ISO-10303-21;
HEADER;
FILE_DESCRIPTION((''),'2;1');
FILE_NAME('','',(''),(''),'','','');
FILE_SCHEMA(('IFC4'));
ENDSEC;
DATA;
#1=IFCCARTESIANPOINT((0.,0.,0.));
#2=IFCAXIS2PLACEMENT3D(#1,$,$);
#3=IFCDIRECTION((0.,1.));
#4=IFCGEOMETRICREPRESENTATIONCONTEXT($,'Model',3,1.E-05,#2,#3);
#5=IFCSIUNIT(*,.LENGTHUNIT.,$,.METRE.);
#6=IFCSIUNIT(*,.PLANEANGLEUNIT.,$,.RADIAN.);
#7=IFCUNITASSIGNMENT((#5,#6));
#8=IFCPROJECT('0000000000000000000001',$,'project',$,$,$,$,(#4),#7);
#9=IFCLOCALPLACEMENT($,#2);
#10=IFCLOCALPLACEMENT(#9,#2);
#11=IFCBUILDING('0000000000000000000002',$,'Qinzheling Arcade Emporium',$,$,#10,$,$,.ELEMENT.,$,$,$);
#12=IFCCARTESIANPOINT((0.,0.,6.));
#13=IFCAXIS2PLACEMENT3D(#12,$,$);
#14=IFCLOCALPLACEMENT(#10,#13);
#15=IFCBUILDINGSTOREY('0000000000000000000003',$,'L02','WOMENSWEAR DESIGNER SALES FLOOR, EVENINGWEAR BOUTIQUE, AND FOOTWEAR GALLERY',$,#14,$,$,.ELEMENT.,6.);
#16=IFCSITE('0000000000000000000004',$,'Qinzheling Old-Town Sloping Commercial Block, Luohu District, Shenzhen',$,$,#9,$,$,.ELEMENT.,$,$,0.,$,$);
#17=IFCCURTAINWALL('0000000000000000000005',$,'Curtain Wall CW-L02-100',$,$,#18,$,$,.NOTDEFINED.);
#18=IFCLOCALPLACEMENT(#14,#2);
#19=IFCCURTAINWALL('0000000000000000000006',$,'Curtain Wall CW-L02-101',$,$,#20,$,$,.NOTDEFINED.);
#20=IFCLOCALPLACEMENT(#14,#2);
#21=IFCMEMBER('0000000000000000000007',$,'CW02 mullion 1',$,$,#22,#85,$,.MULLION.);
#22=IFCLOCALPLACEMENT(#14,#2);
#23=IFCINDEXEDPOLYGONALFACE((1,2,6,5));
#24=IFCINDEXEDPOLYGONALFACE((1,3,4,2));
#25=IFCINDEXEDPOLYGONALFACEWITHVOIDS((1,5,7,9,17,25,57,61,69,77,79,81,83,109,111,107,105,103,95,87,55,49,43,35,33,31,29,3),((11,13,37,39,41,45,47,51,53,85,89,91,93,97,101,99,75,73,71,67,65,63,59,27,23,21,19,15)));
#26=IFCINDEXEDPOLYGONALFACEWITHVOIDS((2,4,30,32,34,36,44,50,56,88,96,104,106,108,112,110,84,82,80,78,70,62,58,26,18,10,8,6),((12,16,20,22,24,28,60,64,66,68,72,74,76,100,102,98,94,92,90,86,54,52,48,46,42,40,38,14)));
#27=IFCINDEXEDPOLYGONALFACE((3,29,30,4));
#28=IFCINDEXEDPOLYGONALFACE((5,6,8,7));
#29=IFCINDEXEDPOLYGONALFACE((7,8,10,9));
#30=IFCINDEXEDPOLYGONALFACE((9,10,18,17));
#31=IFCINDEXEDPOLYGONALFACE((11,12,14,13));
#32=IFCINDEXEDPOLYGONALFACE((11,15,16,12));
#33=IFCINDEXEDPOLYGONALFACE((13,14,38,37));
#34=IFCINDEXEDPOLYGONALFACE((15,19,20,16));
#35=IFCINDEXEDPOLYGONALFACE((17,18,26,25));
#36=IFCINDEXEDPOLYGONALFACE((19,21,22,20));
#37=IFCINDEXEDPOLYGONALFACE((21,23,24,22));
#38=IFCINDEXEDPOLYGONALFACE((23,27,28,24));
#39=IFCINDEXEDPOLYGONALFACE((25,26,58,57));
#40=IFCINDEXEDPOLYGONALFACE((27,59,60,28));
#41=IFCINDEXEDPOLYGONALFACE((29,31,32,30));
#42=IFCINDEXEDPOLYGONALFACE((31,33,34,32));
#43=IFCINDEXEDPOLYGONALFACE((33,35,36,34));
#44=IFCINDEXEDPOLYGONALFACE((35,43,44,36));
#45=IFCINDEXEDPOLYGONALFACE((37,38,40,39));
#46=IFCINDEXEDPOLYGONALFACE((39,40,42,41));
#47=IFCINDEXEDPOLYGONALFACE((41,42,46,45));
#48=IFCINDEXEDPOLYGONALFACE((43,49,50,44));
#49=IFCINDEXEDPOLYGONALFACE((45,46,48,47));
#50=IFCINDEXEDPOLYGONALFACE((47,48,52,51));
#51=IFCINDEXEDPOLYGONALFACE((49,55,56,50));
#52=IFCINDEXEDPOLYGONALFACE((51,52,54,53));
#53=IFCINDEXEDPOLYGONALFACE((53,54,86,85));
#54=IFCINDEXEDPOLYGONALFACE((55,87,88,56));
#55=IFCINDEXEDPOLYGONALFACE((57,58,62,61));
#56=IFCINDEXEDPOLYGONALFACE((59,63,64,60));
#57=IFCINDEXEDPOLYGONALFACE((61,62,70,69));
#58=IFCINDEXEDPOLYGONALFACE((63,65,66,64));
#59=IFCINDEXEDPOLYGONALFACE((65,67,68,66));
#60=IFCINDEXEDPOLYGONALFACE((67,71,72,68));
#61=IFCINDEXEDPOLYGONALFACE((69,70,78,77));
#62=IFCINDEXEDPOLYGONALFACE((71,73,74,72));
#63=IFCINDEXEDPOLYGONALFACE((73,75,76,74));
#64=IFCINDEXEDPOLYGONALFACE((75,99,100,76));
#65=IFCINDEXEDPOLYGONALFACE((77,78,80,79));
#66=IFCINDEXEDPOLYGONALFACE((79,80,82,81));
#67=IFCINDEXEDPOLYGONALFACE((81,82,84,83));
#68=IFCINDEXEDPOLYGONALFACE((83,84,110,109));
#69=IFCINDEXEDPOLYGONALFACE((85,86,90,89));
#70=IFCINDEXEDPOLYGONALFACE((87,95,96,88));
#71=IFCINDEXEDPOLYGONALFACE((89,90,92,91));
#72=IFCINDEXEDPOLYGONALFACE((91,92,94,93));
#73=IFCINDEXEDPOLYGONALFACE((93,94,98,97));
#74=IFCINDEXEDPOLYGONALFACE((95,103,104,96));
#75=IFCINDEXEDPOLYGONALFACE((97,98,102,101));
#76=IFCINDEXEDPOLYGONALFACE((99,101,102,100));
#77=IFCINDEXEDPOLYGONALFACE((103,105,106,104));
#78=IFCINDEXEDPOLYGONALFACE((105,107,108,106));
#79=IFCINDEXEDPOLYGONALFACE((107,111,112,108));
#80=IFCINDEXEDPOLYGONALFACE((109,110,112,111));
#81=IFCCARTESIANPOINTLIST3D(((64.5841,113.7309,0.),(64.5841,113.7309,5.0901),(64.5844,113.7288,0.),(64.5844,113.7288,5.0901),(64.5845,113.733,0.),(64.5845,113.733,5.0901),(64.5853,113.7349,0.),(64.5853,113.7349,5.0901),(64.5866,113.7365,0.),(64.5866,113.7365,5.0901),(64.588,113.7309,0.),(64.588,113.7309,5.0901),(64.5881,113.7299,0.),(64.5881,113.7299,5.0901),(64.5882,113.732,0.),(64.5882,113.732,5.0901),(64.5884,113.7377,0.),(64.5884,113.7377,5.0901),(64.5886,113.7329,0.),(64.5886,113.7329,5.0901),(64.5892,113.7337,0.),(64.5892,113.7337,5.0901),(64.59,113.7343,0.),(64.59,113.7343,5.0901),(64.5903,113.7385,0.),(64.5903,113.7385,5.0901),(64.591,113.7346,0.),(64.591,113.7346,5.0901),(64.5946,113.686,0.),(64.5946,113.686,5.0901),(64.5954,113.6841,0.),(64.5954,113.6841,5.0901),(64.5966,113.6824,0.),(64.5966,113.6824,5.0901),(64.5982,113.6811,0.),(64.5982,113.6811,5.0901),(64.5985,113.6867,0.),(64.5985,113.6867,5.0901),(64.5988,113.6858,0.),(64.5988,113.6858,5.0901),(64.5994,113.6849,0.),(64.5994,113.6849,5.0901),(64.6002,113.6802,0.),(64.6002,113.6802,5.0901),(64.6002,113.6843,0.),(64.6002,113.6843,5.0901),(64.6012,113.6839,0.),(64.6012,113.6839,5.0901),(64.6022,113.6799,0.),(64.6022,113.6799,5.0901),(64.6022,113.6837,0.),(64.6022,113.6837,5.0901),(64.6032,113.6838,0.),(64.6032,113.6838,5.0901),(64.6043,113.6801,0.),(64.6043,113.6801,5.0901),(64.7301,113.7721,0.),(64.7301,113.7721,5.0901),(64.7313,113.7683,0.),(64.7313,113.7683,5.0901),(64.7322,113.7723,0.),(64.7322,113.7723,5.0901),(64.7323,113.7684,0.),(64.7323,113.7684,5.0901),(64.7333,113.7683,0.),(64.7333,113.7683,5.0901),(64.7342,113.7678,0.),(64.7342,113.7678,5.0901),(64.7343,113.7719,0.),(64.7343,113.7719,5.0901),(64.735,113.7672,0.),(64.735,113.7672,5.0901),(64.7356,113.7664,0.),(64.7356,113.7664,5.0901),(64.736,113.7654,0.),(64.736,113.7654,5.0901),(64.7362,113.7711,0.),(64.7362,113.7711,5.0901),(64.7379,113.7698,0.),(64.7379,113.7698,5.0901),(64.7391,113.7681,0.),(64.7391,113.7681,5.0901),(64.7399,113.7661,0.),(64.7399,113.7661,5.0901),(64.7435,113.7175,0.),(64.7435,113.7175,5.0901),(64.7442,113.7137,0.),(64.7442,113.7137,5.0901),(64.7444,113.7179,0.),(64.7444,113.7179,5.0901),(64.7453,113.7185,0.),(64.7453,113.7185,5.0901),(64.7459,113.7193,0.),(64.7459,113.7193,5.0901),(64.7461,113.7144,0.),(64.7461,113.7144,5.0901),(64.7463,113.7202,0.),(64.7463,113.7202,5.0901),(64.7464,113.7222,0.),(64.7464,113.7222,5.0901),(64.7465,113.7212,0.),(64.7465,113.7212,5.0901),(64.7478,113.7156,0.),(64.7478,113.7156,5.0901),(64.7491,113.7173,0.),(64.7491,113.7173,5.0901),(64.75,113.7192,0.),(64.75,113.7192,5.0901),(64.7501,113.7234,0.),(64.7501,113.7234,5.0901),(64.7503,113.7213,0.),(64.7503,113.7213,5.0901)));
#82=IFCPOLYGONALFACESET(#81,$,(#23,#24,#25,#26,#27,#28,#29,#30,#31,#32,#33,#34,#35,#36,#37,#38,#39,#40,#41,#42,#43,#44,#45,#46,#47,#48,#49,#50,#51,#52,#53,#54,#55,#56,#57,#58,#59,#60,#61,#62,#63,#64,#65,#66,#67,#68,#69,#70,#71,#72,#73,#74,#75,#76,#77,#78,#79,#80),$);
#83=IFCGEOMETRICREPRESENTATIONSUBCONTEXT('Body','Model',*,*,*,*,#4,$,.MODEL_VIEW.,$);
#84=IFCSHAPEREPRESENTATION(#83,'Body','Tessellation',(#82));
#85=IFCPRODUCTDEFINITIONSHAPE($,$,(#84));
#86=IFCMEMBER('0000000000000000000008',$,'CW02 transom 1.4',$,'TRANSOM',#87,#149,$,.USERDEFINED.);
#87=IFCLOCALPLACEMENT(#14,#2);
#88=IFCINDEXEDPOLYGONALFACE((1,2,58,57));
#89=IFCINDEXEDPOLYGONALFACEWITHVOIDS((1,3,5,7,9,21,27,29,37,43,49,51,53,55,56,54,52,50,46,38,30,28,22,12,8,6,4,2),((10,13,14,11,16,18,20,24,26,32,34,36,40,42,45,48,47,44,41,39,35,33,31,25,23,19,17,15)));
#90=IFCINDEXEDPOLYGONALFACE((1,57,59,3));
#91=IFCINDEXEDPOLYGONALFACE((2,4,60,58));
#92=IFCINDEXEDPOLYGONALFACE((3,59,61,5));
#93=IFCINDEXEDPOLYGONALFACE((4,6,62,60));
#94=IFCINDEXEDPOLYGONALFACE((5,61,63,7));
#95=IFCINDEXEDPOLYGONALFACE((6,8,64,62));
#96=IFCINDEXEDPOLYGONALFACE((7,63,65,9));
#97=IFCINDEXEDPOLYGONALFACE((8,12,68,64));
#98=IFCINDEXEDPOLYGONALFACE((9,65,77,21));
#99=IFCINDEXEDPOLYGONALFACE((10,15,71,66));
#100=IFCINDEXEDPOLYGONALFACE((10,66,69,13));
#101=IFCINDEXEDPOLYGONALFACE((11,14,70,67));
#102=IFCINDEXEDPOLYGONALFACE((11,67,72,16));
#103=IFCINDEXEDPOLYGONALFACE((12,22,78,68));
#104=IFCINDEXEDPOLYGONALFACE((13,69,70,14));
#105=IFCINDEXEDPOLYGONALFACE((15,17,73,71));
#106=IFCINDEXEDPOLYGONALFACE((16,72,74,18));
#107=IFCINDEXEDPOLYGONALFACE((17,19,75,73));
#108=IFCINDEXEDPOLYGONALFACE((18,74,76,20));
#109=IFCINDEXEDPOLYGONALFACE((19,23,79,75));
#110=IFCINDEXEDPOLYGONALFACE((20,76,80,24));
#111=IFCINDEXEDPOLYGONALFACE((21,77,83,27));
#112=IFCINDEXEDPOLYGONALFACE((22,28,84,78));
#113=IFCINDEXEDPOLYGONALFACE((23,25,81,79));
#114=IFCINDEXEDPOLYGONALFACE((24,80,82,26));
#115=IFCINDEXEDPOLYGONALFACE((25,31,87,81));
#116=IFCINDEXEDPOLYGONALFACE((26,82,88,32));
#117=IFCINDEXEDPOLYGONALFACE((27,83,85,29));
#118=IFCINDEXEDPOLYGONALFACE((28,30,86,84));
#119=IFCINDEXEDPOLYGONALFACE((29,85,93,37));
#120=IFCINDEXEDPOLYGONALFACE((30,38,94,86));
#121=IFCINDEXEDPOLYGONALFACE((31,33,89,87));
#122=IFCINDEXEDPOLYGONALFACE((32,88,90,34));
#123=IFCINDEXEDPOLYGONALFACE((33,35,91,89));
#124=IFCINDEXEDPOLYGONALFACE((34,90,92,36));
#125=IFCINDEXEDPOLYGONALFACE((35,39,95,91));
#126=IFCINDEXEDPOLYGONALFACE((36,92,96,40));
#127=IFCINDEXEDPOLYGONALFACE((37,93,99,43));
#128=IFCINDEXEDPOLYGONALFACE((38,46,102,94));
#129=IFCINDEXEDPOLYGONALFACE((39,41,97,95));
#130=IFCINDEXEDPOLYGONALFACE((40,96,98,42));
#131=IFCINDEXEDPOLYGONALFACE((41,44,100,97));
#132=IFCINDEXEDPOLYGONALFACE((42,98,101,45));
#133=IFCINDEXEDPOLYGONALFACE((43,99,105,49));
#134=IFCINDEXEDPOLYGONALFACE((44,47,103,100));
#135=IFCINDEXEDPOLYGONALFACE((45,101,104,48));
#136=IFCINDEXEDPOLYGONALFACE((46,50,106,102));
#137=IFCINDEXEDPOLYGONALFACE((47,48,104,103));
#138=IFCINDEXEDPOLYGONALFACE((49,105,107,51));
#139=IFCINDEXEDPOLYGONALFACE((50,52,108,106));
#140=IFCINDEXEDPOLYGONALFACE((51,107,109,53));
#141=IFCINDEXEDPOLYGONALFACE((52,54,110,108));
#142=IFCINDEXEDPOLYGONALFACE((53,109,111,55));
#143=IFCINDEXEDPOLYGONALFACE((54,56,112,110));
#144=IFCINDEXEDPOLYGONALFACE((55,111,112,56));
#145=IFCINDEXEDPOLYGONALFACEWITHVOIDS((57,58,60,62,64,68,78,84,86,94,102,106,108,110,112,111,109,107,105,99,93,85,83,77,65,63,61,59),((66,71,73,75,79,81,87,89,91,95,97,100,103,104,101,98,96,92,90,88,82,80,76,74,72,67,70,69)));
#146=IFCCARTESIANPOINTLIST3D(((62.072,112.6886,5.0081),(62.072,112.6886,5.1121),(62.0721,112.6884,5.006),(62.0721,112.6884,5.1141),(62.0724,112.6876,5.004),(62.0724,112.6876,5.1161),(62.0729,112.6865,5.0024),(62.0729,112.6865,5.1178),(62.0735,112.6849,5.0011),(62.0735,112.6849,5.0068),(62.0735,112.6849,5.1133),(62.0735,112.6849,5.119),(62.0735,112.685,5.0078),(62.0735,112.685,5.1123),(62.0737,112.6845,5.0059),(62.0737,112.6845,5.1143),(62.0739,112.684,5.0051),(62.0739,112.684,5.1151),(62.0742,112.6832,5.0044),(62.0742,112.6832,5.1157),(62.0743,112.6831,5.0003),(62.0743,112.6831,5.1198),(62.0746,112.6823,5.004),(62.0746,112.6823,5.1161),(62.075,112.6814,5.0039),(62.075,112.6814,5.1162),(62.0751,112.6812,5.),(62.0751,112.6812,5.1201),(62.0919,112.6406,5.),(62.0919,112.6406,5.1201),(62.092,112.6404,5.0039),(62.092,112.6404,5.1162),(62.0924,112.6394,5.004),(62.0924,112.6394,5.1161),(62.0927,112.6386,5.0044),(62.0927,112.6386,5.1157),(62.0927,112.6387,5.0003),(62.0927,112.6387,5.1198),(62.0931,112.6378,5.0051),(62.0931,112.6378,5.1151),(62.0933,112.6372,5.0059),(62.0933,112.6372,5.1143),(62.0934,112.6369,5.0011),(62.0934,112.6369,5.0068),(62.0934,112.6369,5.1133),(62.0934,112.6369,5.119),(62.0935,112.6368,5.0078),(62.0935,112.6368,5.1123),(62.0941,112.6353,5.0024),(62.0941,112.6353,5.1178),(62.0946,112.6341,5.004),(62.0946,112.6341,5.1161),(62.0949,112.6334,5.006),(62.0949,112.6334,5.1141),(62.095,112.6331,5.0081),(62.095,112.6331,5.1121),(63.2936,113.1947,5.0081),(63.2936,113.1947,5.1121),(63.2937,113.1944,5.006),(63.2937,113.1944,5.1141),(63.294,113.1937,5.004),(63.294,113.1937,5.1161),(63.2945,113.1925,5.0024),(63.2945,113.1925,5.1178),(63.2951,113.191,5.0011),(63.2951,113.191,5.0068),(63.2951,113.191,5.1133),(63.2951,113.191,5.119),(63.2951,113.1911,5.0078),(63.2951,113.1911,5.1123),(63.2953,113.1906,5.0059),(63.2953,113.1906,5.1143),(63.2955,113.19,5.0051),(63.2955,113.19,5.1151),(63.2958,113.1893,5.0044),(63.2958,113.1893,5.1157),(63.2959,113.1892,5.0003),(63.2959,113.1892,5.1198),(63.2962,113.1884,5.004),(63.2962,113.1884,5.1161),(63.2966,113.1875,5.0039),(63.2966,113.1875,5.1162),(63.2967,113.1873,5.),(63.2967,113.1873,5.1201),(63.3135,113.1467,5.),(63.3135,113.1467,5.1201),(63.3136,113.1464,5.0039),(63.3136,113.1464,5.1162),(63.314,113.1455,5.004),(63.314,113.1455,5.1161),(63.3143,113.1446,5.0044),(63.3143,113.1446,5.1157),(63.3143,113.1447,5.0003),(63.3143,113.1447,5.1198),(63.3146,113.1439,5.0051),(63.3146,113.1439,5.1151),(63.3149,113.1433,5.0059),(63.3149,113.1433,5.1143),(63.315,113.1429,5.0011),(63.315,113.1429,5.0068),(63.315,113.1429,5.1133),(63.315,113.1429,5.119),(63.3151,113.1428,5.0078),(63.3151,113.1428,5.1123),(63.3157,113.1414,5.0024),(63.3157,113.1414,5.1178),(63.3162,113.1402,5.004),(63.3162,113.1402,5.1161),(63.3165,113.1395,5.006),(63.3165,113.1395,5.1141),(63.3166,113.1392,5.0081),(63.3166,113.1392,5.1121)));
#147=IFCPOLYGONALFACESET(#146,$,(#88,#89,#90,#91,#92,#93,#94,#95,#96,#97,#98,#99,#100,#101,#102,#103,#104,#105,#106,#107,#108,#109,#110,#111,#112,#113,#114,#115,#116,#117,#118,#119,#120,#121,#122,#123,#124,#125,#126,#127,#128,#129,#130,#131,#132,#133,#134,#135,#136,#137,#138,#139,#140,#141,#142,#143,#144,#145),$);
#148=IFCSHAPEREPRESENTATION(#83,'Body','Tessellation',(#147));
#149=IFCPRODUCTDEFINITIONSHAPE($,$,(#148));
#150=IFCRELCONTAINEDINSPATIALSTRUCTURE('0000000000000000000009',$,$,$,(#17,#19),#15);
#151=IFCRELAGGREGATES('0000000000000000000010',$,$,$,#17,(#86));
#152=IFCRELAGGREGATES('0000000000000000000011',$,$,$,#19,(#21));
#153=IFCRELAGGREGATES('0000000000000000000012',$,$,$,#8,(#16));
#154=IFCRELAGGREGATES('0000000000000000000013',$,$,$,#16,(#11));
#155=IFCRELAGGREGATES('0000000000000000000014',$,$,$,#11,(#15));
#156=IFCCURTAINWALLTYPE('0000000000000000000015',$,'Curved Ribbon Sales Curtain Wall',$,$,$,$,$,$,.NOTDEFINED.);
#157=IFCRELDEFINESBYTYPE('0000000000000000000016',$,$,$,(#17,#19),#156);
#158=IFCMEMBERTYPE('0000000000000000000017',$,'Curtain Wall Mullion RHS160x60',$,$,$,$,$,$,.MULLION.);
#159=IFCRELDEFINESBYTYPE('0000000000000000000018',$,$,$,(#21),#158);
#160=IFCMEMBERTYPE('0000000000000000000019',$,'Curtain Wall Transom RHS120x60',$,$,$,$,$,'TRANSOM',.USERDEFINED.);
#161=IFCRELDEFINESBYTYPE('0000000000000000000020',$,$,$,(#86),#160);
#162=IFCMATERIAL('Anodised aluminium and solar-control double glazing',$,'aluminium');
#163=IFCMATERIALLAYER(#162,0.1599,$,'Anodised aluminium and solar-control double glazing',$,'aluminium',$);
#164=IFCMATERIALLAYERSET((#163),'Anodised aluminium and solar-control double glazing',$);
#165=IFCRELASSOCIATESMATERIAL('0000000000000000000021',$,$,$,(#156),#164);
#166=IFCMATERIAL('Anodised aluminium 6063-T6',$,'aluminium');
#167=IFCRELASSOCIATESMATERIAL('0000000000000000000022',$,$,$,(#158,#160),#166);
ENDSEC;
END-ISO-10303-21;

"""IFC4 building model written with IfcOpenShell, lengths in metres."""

from ifc_helpers import new_model, si_unit, direction, frame, origin, origin_2d, place, context, subcontext, project, spatial, hollow_rectangle, extrude, material, layer, layer_set, material_profile, profile_set, type_object, element, aggregate, save


model = new_model("IFC4")

# Units and contexts
model_context = context("Model", 3, precision=1e-05, world=origin(), true_north=direction((0.0, 1.0)))
body_context = subcontext(model_context, "Body", "Model", "MODEL_VIEW")
ifc_project = project(units=[si_unit("LENGTHUNIT", "METRE"), si_unit("PLANEANGLEUNIT", "RADIAN")], contexts=[model_context])

# Site, building, storey
site_placement = place(None, origin())
site = spatial("IfcSite", under=ifc_project, at=site_placement, Name="Qinzheling Old-Town Sloping Commercial Block, Luohu District, Shenzhen", CompositionType="ELEMENT", RefElevation=0.0)
building_placement = place(site_placement, origin())
building = spatial("IfcBuilding", under=site, at=building_placement, Name="Qinzheling Arcade Emporium", CompositionType="ELEMENT")
storey_placement = place(building_placement, frame((0.0, 0.0, 6.0)))
storey = spatial("IfcBuildingStorey", under=building, at=storey_placement, Name="L02", Description="WOMENSWEAR DESIGNER SALES FLOOR, EVENINGWEAR BOUTIQUE, AND FOOTWEAR GALLERY", CompositionType="ELEMENT", Elevation=6.0)

# Curtain wall
ifc_material_1 = material(Name="Anodised aluminium and solar-control double glazing", Category="aluminium")
ifc_layer_1 = layer(ifc_material_1, 0.1599, Name="Anodised aluminium and solar-control double glazing", Category="aluminium")
ifc_layer_set_1 = layer_set([ifc_layer_1], Name="Anodised aluminium and solar-control double glazing")
curtain_wall_type = type_object("IfcCurtainWallType", Name="Curved Ribbon Sales Curtain Wall", PredefinedType="NOTDEFINED", material=ifc_layer_set_1)
curtain_wall_1_placement = place(storey_placement, origin())
curtain_wall_1 = element("IfcCurtainWall", 1, at=curtain_wall_1_placement, inside=storey, type_object=curtain_wall_type, Name="Curtain Wall CW-L02-100", PredefinedType="NOTDEFINED")
ifc_material_2 = material(Name="Anodised aluminium 6063-T6", Category="aluminium")
ifc_material_profile_1 = material_profile(ifc_material_2, hollow_rectangle(XDim=0.0601, YDim=0.1599, WallThickness=0.0039, InnerFilletRadius=0.0039, OuterFilletRadius=0.0081, at=origin_2d()), Name="RHS 160x60x4", Category="aluminium")
ifc_profile_set_1 = profile_set([ifc_material_profile_1], Name="Anodised aluminium 6063-T6")
member_type_1 = type_object("IfcMemberType", Name="Curtain Wall Mullion RHS160x60", PredefinedType="MULLION", material=ifc_profile_set_1)

# Curtain wall, member
curtain_wall_2_placement = place(storey_placement, origin())
curtain_wall_2 = element("IfcCurtainWall", 2, at=curtain_wall_2_placement, inside=storey, type_object=curtain_wall_type, Name="Curtain Wall CW-L02-101", PredefinedType="NOTDEFINED")
member_1_placement = place(storey_placement, frame((64.6672, 113.7261, 0.0), z_axis=(0.0, 0.0, 1.0), x_axis=(-0.23336, 0.972391, 0.0)))
member_1 = element("IfcMember", 3, at=member_1_placement, type_object=member_type_1, Name="CW02 mullion 1", PredefinedType="MULLION", context=body_context, shape_type="SweptSolid", body=[
    extrude(hollow_rectangle(XDim=0.0601, YDim=0.1599, WallThickness=0.0039, InnerFilletRadius=0.0039, OuterFilletRadius=0.0081, at=origin_2d()), origin(), (0.0, 0.0, 1.0), 5.0901),
])

# Member
ifc_material_profile_2 = material_profile(ifc_material_2, hollow_rectangle(XDim=0.0601, YDim=0.1201, WallThickness=0.0039, InnerFilletRadius=0.0039, OuterFilletRadius=0.0081, at=origin_2d()), Name="RHS 120x60x4", Category="aluminium")
ifc_profile_set_2 = profile_set([ifc_material_profile_2], Name="Anodised aluminium 6063-T6")
member_type_2 = type_object("IfcMemberType", Name="Curtain Wall Transom RHS120x60", ElementType="TRANSOM", PredefinedType="USERDEFINED", material=ifc_profile_set_2)
member_2_placement = place(storey_placement, frame((62.0835, 112.6609, 5.0601), z_axis=(0.923862, 0.382727, 0.0), x_axis=(-0.382727, 0.923862, 0.0)))
member_2 = element("IfcMember", 4, at=member_2_placement, type_object=member_type_2, Name="CW02 transom 1.4", ObjectType="TRANSOM", PredefinedType="USERDEFINED", context=body_context, shape_type="SweptSolid", body=[
    extrude(hollow_rectangle(XDim=0.0601, YDim=0.1201, WallThickness=0.0039, InnerFilletRadius=0.0039, OuterFilletRadius=0.0081, at=origin_2d()), origin(), (0.0, 0.0, 1.0), 1.3223),
])

aggregate(curtain_wall_1, [member_2])
aggregate(curtain_wall_2, [member_1])

save(model, "model.ifc")
